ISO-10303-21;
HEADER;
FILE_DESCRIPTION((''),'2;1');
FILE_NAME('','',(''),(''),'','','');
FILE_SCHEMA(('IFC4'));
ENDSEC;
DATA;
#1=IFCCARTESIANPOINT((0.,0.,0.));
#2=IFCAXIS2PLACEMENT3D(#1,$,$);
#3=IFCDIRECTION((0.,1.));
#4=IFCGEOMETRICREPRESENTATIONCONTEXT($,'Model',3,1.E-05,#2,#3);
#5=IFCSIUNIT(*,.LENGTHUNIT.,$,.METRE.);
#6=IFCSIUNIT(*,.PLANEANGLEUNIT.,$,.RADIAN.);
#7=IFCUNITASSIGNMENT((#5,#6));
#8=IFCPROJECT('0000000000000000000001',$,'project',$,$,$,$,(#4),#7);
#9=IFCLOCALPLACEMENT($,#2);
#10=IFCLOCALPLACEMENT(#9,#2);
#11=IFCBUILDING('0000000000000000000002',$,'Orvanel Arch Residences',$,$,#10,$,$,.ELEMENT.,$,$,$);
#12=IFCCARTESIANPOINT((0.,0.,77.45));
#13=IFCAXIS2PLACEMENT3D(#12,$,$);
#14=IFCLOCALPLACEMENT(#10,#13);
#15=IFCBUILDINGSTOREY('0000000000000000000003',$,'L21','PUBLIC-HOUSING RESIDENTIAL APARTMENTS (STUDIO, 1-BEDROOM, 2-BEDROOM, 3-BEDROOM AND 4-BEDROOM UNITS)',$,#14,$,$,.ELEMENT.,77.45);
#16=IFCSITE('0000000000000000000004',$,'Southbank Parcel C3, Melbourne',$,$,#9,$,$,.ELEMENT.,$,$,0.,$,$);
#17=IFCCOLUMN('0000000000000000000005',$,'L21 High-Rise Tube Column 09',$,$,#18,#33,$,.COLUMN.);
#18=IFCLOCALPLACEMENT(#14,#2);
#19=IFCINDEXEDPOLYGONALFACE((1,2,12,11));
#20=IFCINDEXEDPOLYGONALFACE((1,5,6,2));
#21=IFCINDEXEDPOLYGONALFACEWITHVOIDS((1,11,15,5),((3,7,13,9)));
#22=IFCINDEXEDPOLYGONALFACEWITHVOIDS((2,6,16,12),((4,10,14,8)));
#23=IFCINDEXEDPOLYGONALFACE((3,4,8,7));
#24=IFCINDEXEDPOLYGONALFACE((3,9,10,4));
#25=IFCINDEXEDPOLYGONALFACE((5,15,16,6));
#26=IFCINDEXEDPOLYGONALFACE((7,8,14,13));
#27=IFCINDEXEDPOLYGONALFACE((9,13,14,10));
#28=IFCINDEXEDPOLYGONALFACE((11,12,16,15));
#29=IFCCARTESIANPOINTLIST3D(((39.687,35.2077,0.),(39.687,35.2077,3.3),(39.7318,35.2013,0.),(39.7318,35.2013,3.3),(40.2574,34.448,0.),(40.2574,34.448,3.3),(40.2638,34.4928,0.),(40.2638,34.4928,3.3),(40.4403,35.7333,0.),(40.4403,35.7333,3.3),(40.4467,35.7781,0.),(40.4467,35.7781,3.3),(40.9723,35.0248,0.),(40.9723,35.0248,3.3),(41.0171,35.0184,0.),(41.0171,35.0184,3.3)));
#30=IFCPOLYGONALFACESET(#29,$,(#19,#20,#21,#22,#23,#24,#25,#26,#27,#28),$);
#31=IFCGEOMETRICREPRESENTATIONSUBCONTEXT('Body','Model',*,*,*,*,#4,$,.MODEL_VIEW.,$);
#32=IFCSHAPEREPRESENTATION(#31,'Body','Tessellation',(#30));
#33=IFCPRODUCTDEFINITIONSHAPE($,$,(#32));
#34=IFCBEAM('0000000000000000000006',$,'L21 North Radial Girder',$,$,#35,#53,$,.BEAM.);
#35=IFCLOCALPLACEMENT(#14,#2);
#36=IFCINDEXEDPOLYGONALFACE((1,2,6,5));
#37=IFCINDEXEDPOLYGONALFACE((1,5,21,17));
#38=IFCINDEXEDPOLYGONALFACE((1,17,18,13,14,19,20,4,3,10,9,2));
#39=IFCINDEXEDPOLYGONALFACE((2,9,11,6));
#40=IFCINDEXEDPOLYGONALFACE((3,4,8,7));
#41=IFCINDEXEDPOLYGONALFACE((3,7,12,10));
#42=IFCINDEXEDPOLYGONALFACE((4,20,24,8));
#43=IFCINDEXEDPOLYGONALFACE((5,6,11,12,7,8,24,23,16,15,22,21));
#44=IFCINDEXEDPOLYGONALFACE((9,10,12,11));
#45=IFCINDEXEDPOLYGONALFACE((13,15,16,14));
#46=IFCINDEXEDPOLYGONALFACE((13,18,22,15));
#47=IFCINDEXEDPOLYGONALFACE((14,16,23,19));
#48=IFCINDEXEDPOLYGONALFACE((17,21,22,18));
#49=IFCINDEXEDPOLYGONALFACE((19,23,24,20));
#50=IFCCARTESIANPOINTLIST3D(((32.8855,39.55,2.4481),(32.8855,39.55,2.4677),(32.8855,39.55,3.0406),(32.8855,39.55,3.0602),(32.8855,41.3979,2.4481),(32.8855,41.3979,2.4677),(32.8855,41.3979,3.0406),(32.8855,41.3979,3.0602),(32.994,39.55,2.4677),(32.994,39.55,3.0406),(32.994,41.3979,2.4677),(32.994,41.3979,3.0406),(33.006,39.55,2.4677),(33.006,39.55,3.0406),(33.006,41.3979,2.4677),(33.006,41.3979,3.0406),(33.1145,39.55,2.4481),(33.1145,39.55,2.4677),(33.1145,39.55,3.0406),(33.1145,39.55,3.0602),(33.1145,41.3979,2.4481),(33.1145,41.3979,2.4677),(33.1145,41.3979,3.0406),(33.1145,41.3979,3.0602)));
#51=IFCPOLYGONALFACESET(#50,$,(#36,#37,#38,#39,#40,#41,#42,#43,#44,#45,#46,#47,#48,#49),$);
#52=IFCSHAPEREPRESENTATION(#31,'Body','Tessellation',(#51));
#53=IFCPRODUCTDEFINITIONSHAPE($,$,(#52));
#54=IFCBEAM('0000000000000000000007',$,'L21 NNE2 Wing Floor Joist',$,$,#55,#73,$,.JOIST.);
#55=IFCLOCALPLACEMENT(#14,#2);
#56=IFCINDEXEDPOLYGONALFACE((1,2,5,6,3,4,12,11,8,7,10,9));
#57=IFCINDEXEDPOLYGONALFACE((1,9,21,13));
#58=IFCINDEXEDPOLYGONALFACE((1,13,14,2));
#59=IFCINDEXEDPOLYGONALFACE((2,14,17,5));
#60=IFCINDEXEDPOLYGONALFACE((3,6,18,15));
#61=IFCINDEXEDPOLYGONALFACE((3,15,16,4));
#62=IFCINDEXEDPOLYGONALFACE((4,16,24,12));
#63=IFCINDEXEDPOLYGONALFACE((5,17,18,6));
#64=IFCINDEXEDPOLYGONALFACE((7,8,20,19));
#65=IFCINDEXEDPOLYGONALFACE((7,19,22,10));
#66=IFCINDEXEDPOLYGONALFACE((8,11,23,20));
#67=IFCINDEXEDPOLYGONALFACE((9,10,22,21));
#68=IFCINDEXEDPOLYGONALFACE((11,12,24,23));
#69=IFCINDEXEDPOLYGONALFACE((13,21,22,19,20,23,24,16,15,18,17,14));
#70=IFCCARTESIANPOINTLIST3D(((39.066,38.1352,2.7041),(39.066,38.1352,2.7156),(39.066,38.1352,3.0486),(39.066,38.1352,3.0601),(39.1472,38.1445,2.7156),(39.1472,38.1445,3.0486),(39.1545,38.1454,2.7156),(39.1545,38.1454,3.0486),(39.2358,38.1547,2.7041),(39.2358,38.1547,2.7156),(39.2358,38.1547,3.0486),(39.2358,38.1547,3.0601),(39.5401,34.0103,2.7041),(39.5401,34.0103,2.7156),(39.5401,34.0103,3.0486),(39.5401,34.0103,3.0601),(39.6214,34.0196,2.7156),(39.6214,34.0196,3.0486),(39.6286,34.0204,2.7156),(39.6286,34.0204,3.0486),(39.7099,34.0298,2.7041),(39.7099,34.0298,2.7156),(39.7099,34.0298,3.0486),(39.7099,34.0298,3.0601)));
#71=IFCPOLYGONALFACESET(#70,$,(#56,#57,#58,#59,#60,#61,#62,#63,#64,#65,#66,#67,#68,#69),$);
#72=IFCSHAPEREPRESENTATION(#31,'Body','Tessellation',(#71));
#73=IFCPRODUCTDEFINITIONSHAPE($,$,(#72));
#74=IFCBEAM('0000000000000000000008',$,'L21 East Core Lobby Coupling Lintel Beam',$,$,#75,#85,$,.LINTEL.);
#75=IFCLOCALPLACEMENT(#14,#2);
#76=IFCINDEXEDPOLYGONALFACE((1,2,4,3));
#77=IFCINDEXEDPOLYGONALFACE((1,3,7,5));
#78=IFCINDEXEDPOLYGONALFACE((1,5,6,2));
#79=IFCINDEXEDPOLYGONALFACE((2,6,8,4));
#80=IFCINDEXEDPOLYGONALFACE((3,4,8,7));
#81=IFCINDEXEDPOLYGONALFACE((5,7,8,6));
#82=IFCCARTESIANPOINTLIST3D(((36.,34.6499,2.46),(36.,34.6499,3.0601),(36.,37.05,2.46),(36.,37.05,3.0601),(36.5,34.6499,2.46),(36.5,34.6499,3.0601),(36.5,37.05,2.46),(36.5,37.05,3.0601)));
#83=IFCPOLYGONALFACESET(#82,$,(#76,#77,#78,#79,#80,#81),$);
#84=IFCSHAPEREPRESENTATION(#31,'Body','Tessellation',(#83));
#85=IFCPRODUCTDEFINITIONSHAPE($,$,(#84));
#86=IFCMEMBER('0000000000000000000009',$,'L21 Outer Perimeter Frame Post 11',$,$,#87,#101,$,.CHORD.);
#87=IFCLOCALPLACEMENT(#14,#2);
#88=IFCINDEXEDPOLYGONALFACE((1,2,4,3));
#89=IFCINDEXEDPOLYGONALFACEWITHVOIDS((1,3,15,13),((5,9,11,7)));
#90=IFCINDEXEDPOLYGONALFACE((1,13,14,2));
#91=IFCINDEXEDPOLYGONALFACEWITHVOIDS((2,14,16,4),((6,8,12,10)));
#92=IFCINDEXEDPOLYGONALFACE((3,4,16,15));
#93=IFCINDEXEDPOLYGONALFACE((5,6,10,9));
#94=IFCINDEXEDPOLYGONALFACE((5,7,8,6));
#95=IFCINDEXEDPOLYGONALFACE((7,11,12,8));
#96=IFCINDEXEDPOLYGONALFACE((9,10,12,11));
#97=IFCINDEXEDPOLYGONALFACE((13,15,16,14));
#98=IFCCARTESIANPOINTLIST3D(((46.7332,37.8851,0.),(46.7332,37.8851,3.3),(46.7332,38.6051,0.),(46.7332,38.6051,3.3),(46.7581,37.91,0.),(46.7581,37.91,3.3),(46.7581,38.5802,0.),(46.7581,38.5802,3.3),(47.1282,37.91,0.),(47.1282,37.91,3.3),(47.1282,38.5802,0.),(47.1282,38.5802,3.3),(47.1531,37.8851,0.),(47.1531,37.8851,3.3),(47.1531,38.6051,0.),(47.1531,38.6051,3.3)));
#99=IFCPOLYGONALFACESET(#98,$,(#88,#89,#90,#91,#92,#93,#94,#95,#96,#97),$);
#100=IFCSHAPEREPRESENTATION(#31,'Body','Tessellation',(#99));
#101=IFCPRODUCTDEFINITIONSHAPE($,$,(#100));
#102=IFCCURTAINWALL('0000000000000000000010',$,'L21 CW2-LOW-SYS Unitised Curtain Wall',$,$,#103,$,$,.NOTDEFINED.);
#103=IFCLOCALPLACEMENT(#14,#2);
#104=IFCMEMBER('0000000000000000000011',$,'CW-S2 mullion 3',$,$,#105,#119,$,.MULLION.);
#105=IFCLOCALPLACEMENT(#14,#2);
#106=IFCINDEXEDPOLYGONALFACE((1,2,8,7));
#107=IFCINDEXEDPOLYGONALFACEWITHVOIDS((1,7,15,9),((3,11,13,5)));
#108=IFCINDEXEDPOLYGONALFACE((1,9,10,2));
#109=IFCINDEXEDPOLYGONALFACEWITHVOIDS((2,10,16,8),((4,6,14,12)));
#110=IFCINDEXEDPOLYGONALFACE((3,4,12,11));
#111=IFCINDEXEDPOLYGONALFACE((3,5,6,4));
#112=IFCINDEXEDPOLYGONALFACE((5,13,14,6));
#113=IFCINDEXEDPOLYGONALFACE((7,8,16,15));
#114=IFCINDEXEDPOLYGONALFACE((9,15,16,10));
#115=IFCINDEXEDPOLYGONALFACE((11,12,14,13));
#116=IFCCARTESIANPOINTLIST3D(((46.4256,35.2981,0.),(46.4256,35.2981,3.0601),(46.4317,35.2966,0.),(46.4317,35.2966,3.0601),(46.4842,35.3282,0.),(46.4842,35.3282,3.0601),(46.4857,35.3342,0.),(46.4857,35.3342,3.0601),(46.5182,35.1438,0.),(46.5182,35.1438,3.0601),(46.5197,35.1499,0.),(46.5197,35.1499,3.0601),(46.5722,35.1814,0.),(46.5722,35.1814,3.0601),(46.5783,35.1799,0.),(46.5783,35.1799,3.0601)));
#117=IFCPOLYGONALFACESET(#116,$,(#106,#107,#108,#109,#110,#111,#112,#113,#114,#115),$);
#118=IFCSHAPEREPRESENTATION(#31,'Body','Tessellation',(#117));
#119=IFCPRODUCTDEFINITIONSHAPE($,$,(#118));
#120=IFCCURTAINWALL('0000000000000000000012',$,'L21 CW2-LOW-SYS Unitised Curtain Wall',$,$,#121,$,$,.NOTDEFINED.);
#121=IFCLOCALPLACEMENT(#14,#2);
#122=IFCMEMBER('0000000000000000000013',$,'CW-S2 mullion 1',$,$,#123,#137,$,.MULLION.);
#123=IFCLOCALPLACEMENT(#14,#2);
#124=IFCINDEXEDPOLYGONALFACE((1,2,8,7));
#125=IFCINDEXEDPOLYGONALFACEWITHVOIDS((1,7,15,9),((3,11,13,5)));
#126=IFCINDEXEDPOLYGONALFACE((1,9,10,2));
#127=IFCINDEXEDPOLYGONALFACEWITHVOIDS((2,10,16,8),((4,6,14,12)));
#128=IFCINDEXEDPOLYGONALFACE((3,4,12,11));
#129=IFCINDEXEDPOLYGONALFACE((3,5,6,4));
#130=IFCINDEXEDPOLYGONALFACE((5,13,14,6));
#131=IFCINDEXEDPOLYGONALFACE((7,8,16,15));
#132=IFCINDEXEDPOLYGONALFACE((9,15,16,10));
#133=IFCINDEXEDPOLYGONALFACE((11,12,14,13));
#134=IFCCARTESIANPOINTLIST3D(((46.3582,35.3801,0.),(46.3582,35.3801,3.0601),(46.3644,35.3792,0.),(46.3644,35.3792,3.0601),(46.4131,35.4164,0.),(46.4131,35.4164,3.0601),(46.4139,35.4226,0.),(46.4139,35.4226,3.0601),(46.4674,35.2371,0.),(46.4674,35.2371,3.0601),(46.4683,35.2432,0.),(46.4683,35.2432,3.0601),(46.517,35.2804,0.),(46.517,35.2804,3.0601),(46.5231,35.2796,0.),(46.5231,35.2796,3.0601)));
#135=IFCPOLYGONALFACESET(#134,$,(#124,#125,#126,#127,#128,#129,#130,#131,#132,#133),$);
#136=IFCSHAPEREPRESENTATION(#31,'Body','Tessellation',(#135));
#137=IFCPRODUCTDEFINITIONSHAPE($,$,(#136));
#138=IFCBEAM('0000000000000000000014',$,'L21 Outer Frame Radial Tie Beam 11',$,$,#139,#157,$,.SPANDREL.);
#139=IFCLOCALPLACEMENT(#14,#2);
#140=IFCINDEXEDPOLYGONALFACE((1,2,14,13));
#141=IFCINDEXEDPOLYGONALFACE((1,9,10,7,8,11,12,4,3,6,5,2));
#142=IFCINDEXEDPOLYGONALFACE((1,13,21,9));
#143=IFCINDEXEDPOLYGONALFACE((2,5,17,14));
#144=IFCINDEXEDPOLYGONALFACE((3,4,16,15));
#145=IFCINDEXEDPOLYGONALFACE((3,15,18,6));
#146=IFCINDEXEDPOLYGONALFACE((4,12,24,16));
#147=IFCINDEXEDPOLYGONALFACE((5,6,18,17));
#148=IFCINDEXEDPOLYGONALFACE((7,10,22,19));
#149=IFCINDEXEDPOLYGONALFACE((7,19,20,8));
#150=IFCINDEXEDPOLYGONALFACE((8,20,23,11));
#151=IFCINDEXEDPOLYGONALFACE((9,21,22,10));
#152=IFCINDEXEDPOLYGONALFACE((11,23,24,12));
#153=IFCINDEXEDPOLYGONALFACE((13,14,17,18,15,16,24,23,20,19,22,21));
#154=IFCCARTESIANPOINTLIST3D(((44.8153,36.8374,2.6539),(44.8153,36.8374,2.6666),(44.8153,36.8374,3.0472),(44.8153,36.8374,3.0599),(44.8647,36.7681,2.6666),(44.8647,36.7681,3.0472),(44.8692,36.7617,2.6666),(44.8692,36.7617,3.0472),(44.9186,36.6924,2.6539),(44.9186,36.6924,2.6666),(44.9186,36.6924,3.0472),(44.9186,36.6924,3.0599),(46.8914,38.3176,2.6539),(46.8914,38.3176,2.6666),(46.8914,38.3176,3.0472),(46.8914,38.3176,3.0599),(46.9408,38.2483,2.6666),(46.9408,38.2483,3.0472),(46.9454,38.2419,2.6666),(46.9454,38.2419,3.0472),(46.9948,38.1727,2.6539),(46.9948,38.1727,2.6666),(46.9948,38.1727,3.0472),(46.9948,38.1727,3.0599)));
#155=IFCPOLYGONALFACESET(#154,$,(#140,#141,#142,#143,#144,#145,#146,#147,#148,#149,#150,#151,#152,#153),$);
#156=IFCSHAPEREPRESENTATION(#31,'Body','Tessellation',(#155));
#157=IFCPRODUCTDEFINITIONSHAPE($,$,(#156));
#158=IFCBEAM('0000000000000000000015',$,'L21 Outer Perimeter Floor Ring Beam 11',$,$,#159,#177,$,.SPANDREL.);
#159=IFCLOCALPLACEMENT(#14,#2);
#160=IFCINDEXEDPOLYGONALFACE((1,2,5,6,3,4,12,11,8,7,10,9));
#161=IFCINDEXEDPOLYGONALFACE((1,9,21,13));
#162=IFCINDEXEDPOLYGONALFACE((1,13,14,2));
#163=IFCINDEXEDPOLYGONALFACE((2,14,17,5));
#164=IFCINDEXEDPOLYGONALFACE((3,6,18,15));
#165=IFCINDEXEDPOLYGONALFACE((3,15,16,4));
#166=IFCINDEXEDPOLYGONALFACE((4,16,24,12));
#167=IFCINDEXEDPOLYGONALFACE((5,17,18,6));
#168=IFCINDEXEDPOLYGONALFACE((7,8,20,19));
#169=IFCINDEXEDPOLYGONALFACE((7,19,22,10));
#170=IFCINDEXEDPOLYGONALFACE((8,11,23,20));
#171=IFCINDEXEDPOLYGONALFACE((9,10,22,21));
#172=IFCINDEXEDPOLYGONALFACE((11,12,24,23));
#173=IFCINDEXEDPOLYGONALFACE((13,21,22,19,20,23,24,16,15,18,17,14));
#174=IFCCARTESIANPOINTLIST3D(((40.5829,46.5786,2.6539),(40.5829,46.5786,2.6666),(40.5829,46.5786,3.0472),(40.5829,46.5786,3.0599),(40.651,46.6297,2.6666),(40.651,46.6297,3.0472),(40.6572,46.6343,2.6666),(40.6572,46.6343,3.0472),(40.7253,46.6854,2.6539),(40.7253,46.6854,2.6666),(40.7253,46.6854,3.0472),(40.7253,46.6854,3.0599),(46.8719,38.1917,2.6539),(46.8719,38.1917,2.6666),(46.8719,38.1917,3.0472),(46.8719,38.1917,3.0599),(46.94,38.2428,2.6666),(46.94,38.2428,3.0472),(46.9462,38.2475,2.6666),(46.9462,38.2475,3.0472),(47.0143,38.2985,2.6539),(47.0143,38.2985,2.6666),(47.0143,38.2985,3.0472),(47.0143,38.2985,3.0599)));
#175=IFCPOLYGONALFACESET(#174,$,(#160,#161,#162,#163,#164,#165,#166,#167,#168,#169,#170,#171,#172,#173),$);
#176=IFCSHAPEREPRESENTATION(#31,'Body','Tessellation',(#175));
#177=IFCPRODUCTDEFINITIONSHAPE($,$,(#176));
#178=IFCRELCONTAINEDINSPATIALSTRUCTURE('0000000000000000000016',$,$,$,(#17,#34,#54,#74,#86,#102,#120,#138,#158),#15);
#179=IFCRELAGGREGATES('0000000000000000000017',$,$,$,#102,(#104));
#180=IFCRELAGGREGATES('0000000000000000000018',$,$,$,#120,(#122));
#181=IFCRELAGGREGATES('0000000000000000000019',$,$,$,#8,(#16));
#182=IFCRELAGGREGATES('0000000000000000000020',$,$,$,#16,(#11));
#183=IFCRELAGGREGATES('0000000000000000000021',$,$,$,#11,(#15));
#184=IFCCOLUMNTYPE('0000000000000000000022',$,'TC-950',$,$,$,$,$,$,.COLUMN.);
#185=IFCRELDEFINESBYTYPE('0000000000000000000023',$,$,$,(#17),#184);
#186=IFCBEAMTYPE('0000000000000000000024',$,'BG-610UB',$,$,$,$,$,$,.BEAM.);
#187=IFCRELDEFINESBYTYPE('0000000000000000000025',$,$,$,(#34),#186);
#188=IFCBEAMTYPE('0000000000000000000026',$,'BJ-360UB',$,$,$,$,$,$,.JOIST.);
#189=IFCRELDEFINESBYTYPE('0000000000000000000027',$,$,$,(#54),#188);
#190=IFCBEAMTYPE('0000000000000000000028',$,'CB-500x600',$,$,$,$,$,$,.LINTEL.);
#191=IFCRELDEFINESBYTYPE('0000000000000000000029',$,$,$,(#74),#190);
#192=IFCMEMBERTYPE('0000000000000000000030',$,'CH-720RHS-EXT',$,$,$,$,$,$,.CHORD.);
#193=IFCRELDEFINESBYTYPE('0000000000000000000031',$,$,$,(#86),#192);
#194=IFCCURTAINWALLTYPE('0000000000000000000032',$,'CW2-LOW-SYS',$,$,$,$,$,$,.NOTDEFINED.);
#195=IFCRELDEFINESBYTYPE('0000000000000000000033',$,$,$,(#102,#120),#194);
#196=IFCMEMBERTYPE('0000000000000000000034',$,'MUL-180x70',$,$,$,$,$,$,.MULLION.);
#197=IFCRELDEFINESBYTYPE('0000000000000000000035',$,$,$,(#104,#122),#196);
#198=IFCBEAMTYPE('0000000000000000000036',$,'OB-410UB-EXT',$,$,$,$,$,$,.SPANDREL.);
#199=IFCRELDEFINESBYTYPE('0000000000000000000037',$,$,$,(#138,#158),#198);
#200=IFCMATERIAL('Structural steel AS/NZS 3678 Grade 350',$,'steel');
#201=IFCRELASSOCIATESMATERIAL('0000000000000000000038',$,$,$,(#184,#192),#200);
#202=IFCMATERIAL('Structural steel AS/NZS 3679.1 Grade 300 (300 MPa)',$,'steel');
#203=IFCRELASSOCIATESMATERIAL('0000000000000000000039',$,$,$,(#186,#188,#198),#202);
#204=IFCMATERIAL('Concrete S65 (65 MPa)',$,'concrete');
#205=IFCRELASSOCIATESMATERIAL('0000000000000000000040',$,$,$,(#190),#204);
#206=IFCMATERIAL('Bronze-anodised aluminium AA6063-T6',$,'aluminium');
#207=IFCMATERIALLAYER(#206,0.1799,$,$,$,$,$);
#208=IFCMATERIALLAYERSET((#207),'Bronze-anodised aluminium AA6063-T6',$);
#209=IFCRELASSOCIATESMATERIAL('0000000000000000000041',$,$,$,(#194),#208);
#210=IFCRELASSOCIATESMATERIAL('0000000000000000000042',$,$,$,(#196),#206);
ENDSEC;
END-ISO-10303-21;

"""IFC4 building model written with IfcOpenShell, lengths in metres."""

from ifc_helpers import new_model, si_unit, direction, frame, origin, origin_2d, place, context, subcontext, project, spatial, rectangle, hollow_rectangle, i_section, extrude, material, layer, layer_set, material_profile, profile_set, type_object, element, aggregate, save


model = new_model("IFC4")

# Units and contexts
model_context = context("Model", 3, precision=1e-05, world=origin(), true_north=direction((0.0, 1.0)))
body_context = subcontext(model_context, "Body", "Model", "MODEL_VIEW")
ifc_project = project(units=[si_unit("LENGTHUNIT", "METRE"), si_unit("PLANEANGLEUNIT", "RADIAN")], contexts=[model_context])

# Site, building, storey
site_placement = place(None, origin())
site = spatial("IfcSite", under=ifc_project, at=site_placement, Name="Southbank Parcel C3, Melbourne", CompositionType="ELEMENT", RefElevation=0.0)
building_placement = place(site_placement, origin())
building = spatial("IfcBuilding", under=site, at=building_placement, Name="Orvanel Arch Residences", CompositionType="ELEMENT")
storey_placement = place(building_placement, frame((0.0, 0.0, 77.45)))
storey = spatial("IfcBuildingStorey", under=building, at=storey_placement, Name="L21", Description="PUBLIC-HOUSING RESIDENTIAL APARTMENTS (STUDIO, 1-BEDROOM, 2-BEDROOM, 3-BEDROOM AND 4-BEDROOM UNITS)", CompositionType="ELEMENT", Elevation=77.45)

# Column
ifc_material_1 = material(Name="Structural steel AS/NZS 3678 Grade 350", Category="steel")
ifc_material_profile_1 = material_profile(ifc_material_1, hollow_rectangle(XDim=0.95, YDim=0.95, WallThickness=0.032, at=origin_2d()), Name="BOX950x950x32")
ifc_profile_set_1 = profile_set([ifc_material_profile_1], Name="Structural steel AS/NZS 3678 Grade 350")
column_type = type_object("IfcColumnType", Name="TC-950", PredefinedType="COLUMN", material=ifc_profile_set_1)
column_placement = place(storey_placement, frame((40.3521, 35.113, 0.0), z_axis=(0.0, 0.0, 1.0), x_axis=(-0.60042, 0.799685, 0.0)))
element("IfcColumn", 1, at=column_placement, inside=storey, type_object=column_type, Name="L21 High-Rise Tube Column 09", PredefinedType="COLUMN", context=body_context, shape_type="SweptSolid", body=[
    extrude(hollow_rectangle(XDim=0.95, YDim=0.95, WallThickness=0.032, at=origin_2d()), origin(), (0.0, 0.0, 1.0), 3.3),
])

# Beams
ifc_material_2 = material(Name="Structural steel AS/NZS 3679.1 Grade 300 (300 MPa)", Category="steel")
ifc_material_profile_2 = material_profile(ifc_material_2, i_section(OverallWidth=0.229, OverallDepth=0.6121, WebThickness=0.012, FlangeThickness=0.0195, at=origin_2d()), Name="610UB125")
ifc_profile_set_2 = profile_set([ifc_material_profile_2], Name="Structural steel AS/NZS 3679.1 Grade 300 (300 MPa)")
beam_type_1 = type_object("IfcBeamType", Name="BG-610UB", PredefinedType="BEAM", material=ifc_profile_set_2)
beam_1_placement = place(storey_placement, frame((33.0, 39.55, 2.7542), z_axis=(0.0, 1.0, 0.0), x_axis=(-1.0, 0.0, 0.0)))
element("IfcBeam", 2, at=beam_1_placement, inside=storey, type_object=beam_type_1, Name="L21 North Radial Girder", PredefinedType="BEAM", context=body_context, shape_type="SweptSolid", body=[
    extrude(i_section(OverallWidth=0.229, OverallDepth=0.6121, WebThickness=0.012, FlangeThickness=0.0195, at=origin_2d()), origin(), (0.0, 0.0, 1.0), 1.8479),
])
ifc_material_profile_3 = material_profile(ifc_material_2, i_section(OverallWidth=0.1709, OverallDepth=0.356, WebThickness=0.0073, FlangeThickness=0.0115, at=origin_2d()), Name="360UB50.7")
ifc_profile_set_3 = profile_set([ifc_material_profile_3], Name="Structural steel AS/NZS 3679.1 Grade 300 (300 MPa)")
beam_type_2 = type_object("IfcBeamType", Name="BJ-360UB", PredefinedType="JOIST", material=ifc_profile_set_3)
beam_2_placement = place(storey_placement, frame((39.625, 34.02, 2.8821), z_axis=(-0.114187, 0.993459, 0.0), x_axis=(-0.993459, -0.114187, 0.0)))
element("IfcBeam", 3, at=beam_2_placement, inside=storey, type_object=beam_type_2, Name="L21 NNE2 Wing Floor Joist", PredefinedType="JOIST", context=body_context, shape_type="SweptSolid", body=[
    extrude(i_section(OverallWidth=0.1709, OverallDepth=0.356, WebThickness=0.0073, FlangeThickness=0.0115, at=origin_2d()), origin(), (0.0, 0.0, 1.0), 4.1521),
])
ifc_material_3 = material(Name="Concrete S65 (65 MPa)", Category="concrete")
ifc_material_profile_4 = material_profile(ifc_material_3, rectangle(XDim=0.5, YDim=0.6001, at=origin_2d()), Name="RC500x600")
ifc_profile_set_4 = profile_set([ifc_material_profile_4], Name="Concrete S65 (65 MPa)")
beam_type_3 = type_object("IfcBeamType", Name="CB-500x600", PredefinedType="LINTEL", material=ifc_profile_set_4)
beam_3_placement = place(storey_placement, frame((36.25, 34.6499, 2.76), z_axis=(0.0, 1.0, 0.0), x_axis=(-1.0, 0.0, 0.0)))
element("IfcBeam", 4, at=beam_3_placement, inside=storey, type_object=beam_type_3, Name="L21 East Core Lobby Coupling Lintel Beam", PredefinedType="LINTEL", context=body_context, shape_type="SweptSolid", body=[
    extrude(rectangle(XDim=0.5, YDim=0.6001, at=origin_2d()), origin(), (0.0, 0.0, 1.0), 2.4001),
])

# Member
ifc_material_profile_5 = material_profile(ifc_material_1, hollow_rectangle(XDim=0.4199, YDim=0.72, WallThickness=0.0249, at=origin_2d()), Name="RHS720x420x25")
ifc_profile_set_5 = profile_set([ifc_material_profile_5], Name="Structural steel AS/NZS 3678 Grade 350")
member_type_1 = type_object("IfcMemberType", Name="CH-720RHS-EXT", PredefinedType="CHORD", material=ifc_profile_set_5)
member_1_placement = place(storey_placement, frame((46.9431, 38.2451, 0.0), z_axis=(0.0, 0.0, 1.0), x_axis=(1.0, 0.0, 0.0)))
element("IfcMember", 5, at=member_1_placement, inside=storey, type_object=member_type_1, Name="L21 Outer Perimeter Frame Post 11", PredefinedType="CHORD", context=body_context, shape_type="SweptSolid", body=[
    extrude(hollow_rectangle(XDim=0.4199, YDim=0.72, WallThickness=0.0249, at=origin_2d()), origin(), (0.0, 0.0, 1.0), 3.3),
])

# Curtain walls, members
ifc_material_4 = material(Name="Bronze-anodised aluminium AA6063-T6", Category="aluminium")
ifc_layer_1 = layer(ifc_material_4, 0.1799)
ifc_layer_set_1 = layer_set([ifc_layer_1], Name="Bronze-anodised aluminium AA6063-T6")
curtain_wall_type = type_object("IfcCurtainWallType", Name="CW2-LOW-SYS", PredefinedType="NOTDEFINED", material=ifc_layer_set_1)
curtain_wall_1_placement = place(storey_placement, origin())
curtain_wall_1 = element("IfcCurtainWall", 6, at=curtain_wall_1_placement, inside=storey, type_object=curtain_wall_type, Name="L21 CW2-LOW-SYS Unitised Curtain Wall", PredefinedType="NOTDEFINED")
ifc_material_profile_6 = material_profile(ifc_material_4, hollow_rectangle(XDim=0.0701, YDim=0.1799, WallThickness=0.0044, at=origin_2d()), Name="ALU180x70x4.5")
ifc_profile_set_6 = profile_set([ifc_material_profile_6], Name="Bronze-anodised aluminium AA6063-T6")
member_type_2 = type_object("IfcMemberType", Name="MUL-180x70", PredefinedType="MULLION", material=ifc_profile_set_6)
member_2_placement = place(storey_placement, frame((46.502, 35.239, 0.0), z_axis=(0.0, 0.0, 1.0), x_axis=(-0.857551, -0.5144, 0.0)))
member_2 = element("IfcMember", 7, at=member_2_placement, type_object=member_type_2, Name="CW-S2 mullion 3", PredefinedType="MULLION", context=body_context, shape_type="SweptSolid", body=[
    extrude(hollow_rectangle(XDim=0.0701, YDim=0.1799, WallThickness=0.0044, at=origin_2d()), origin(), (0.0, 0.0, 1.0), 3.0601),
])
aggregate(curtain_wall_1, [member_2])
curtain_wall_2_placement = place(storey_placement, origin())
curtain_wall_2 = element("IfcCurtainWall", 8, at=curtain_wall_2_placement, inside=storey, type_object=curtain_wall_type, Name="L21 CW2-LOW-SYS Unitised Curtain Wall", PredefinedType="NOTDEFINED")
member_3_placement = place(storey_placement, frame((46.4407, 35.3298, 0.0), z_axis=(0.0, 0.0, 1.0), x_axis=(-0.79474, -0.60695, 0.0)))
member_3 = element("IfcMember", 9, at=member_3_placement, type_object=member_type_2, Name="CW-S2 mullion 1", PredefinedType="MULLION", context=body_context, shape_type="SweptSolid", body=[
    extrude(hollow_rectangle(XDim=0.0701, YDim=0.1799, WallThickness=0.0044, at=origin_2d()), origin(), (0.0, 0.0, 1.0), 3.0601),
])

# Beams
ifc_material_profile_7 = material_profile(ifc_material_2, i_section(OverallWidth=0.178, OverallDepth=0.406, WebThickness=0.0078, FlangeThickness=0.0127, at=origin_2d()), Name="410UB59.7")
ifc_profile_set_7 = profile_set([ifc_material_profile_7], Name="Structural steel AS/NZS 3679.1 Grade 300 (300 MPa)")
beam_type_4 = type_object("IfcBeamType", Name="OB-410UB-EXT", PredefinedType="SPANDREL", material=ifc_profile_set_7)
beam_4_placement = place(storey_placement, frame((44.8669, 36.7649, 2.8569), z_axis=(0.814244, 0.580522, 0.0), x_axis=(-0.580522, 0.814244, 0.0)))
element("IfcBeam", 10, at=beam_4_placement, inside=storey, type_object=beam_type_4, Name="L21 Outer Frame Radial Tie Beam 11", PredefinedType="SPANDREL", context=body_context, shape_type="SweptSolid", body=[
    extrude(i_section(OverallWidth=0.178, OverallDepth=0.406, WebThickness=0.0078, FlangeThickness=0.0127, at=origin_2d()), origin(), (0.0, 0.0, 1.0), 2.5498),
])
beam_5_placement = place(storey_placement, frame((46.9431, 38.2451, 2.8569), z_axis=(-0.599929, 0.800053, 0.0), x_axis=(-0.800053, -0.599929, 0.0)))
element("IfcBeam", 11, at=beam_5_placement, inside=storey, type_object=beam_type_4, Name="L21 Outer Perimeter Floor Ring Beam 11", PredefinedType="SPANDREL", context=body_context, shape_type="SweptSolid", body=[
    extrude(i_section(OverallWidth=0.178, OverallDepth=0.406, WebThickness=0.0078, FlangeThickness=0.0127, at=origin_2d()), origin(), (0.0, 0.0, 1.0), 10.4829),
])

aggregate(curtain_wall_2, [member_3])

save(model, "model.ifc")
